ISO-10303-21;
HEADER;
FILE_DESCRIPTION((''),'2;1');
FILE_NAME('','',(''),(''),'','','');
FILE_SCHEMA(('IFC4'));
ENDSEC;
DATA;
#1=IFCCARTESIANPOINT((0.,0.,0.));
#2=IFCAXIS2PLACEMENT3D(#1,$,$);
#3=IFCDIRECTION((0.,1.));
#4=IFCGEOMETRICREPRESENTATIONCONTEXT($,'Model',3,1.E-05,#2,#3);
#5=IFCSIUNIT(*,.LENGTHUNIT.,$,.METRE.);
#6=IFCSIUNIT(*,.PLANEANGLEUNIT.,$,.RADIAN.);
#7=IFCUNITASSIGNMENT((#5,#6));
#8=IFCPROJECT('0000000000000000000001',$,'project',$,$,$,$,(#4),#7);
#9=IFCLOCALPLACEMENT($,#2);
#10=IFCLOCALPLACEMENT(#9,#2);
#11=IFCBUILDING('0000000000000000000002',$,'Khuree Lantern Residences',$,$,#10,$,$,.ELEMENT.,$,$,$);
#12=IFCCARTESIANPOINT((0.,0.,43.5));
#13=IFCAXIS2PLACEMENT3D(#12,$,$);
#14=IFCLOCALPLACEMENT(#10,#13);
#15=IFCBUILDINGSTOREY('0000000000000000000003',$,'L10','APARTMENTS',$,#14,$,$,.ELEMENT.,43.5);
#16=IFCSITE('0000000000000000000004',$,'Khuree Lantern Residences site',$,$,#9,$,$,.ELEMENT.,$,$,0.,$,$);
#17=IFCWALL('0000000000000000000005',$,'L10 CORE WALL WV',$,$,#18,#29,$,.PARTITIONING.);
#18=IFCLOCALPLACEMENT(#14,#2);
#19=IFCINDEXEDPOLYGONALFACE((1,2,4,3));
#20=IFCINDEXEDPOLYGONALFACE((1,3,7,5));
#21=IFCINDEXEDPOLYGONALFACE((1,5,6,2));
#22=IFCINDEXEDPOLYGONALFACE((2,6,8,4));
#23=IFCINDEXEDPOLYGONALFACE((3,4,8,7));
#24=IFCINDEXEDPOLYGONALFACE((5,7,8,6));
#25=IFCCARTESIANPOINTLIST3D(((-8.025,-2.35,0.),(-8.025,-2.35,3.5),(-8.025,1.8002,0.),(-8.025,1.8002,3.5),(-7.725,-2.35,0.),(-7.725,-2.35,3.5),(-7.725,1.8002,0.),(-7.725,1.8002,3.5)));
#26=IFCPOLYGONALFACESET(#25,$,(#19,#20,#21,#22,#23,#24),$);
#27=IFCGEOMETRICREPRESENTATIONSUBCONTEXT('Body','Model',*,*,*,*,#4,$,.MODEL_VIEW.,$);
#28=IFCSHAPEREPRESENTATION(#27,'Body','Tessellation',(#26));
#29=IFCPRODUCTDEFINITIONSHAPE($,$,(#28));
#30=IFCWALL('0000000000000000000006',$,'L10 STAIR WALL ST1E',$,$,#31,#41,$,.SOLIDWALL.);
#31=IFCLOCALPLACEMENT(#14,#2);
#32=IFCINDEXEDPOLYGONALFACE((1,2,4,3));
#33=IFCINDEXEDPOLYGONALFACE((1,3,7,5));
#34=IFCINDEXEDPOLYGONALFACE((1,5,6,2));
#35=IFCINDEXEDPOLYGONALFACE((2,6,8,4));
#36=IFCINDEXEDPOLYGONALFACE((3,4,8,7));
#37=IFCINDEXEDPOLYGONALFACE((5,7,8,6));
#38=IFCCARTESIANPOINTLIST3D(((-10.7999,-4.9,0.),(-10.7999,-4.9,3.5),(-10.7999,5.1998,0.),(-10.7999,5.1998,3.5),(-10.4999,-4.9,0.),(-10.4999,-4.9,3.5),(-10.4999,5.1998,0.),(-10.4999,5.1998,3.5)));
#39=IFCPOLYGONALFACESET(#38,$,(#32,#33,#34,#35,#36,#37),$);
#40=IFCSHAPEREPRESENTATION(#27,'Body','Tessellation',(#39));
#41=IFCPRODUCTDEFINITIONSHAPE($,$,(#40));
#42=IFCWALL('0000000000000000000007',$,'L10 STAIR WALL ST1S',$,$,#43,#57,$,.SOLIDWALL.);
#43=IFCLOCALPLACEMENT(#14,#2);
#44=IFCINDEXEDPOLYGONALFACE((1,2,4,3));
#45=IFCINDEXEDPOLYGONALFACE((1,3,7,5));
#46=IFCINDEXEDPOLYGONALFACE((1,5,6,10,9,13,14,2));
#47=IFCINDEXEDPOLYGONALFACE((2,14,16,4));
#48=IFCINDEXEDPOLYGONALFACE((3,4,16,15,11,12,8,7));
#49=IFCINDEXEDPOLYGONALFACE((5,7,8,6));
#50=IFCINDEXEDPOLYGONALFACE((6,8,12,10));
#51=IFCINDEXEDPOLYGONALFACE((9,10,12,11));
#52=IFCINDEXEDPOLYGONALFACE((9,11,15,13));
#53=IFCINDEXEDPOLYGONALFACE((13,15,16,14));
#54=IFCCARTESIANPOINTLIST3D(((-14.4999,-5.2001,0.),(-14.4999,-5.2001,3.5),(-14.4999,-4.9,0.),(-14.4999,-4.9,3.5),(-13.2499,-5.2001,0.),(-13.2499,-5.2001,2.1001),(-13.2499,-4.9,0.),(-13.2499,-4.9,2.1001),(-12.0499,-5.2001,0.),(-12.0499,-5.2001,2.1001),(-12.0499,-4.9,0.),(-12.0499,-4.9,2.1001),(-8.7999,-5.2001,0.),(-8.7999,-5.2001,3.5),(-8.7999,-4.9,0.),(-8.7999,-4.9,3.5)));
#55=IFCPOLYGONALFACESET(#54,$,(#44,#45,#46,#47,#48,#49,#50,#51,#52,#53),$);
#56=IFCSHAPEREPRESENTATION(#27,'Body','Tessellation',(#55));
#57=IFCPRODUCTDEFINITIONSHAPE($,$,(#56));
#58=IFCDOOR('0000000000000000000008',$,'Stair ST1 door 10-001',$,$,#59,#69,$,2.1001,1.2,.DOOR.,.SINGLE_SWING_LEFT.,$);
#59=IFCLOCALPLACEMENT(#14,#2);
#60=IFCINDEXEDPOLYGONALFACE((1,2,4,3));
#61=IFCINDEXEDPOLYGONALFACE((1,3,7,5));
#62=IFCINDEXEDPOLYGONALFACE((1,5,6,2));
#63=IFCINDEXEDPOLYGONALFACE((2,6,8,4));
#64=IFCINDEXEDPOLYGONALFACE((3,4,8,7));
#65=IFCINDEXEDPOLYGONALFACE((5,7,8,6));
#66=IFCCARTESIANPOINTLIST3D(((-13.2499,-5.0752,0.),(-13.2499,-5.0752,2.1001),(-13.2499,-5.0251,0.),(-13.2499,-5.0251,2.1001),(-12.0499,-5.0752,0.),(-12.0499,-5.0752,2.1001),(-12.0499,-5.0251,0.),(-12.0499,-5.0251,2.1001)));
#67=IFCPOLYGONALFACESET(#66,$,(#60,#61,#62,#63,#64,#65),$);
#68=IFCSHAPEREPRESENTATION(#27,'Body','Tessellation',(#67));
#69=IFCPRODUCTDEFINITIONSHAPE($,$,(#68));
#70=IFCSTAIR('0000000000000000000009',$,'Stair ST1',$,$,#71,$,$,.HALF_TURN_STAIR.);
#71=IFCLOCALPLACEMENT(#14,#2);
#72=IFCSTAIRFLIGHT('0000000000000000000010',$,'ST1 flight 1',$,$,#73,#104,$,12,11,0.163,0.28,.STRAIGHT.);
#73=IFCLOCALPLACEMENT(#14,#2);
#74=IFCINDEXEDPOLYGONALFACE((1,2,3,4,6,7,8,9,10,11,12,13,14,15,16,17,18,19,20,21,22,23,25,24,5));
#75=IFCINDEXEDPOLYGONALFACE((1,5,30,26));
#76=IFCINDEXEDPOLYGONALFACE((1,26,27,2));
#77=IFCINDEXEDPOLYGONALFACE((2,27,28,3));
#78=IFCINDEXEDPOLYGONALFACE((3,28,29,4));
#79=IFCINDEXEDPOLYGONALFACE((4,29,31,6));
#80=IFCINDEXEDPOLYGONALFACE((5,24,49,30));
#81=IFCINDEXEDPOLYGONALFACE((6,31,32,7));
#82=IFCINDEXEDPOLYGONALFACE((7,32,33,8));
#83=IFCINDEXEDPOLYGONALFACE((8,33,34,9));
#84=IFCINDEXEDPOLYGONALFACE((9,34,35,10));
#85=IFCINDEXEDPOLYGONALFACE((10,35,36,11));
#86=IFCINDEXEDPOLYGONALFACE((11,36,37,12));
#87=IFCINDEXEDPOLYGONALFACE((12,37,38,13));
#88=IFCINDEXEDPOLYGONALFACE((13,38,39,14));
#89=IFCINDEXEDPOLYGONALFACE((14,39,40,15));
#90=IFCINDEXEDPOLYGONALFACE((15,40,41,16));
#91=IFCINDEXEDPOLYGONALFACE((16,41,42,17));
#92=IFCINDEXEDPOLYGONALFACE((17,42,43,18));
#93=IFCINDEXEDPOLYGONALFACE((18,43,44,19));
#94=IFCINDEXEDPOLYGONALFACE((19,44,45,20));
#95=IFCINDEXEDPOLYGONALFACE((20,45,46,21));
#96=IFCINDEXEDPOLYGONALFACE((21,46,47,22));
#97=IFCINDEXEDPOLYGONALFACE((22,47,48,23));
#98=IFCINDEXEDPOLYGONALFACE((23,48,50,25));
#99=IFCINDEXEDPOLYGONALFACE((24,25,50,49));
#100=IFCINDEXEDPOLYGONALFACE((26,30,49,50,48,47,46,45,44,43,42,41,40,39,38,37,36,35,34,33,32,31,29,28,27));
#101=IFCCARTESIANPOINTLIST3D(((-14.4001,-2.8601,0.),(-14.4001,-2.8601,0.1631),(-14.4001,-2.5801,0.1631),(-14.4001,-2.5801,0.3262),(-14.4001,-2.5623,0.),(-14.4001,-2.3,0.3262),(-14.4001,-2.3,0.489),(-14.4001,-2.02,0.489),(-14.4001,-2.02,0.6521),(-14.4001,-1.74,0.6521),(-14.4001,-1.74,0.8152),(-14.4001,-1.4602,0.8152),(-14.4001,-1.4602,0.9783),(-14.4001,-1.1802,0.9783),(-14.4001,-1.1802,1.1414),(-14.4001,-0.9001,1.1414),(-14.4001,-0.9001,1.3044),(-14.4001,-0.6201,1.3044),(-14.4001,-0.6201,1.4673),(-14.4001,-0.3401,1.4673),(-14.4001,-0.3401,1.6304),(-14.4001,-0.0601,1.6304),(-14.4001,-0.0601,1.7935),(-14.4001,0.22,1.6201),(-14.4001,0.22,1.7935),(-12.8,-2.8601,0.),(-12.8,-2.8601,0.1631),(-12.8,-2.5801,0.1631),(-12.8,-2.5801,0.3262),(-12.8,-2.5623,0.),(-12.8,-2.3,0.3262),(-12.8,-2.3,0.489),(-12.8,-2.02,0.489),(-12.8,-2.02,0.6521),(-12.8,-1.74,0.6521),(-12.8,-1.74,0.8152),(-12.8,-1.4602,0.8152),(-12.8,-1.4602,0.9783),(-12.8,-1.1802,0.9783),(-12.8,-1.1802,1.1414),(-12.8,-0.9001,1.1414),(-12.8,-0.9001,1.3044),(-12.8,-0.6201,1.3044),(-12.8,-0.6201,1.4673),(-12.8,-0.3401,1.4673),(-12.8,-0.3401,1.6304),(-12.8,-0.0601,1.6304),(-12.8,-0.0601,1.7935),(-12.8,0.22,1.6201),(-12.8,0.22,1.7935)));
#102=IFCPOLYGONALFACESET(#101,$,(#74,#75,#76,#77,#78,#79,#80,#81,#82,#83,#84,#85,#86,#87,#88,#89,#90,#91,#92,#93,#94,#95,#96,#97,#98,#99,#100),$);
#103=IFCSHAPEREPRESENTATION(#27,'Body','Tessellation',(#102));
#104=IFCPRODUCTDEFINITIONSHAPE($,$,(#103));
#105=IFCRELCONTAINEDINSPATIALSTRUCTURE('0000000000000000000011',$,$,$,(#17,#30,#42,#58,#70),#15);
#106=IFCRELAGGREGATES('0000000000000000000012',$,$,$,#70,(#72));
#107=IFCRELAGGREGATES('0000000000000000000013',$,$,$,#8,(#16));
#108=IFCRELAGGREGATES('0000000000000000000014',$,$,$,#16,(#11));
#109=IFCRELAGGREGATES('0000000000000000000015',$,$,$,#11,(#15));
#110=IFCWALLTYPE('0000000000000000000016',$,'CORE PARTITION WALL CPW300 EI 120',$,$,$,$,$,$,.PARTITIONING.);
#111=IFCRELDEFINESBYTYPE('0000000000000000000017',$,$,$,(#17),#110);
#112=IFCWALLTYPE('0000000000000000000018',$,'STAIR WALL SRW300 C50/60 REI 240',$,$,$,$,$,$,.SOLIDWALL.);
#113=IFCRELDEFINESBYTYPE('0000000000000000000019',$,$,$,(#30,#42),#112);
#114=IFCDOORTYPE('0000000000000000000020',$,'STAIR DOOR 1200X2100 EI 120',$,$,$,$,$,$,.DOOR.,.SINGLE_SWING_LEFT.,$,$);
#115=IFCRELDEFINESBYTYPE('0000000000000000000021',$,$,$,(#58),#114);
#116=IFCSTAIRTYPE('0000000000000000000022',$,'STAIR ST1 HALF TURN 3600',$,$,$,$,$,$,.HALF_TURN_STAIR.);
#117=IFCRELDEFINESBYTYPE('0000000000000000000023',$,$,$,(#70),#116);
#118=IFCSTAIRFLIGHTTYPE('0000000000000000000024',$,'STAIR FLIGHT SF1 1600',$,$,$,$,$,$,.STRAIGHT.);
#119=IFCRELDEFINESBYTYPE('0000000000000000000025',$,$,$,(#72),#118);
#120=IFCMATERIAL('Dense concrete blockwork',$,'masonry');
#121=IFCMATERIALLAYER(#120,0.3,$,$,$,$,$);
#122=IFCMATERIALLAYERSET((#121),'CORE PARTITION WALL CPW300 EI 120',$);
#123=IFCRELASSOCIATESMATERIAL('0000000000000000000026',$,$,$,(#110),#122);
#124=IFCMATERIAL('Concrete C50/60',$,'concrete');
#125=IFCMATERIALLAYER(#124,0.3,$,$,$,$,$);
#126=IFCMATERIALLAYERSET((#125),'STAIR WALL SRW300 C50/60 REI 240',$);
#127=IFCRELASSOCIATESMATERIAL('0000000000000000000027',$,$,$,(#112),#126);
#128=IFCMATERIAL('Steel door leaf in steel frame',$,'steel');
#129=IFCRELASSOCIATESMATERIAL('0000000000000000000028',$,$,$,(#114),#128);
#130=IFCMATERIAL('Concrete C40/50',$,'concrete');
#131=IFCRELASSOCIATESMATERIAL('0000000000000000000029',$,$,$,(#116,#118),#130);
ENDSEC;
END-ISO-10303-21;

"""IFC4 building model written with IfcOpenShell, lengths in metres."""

from ifc_helpers import new_model, si_unit, direction, frame, frame_2d, origin, place, context, subcontext, project, spatial, polyline, rectangle, outline, extrude, material, layer, layer_set, type_object, element, fill, aggregate, save


model = new_model("IFC4")

# Units and contexts
model_context = context("Model", 3, precision=1e-05, world=origin(), true_north=direction((0.0, 1.0)))
body_context = subcontext(model_context, "Body", "Model", "MODEL_VIEW")
ifc_project = project(units=[si_unit("LENGTHUNIT", "METRE"), si_unit("PLANEANGLEUNIT", "RADIAN")], contexts=[model_context])

# Site, building, storey
site_placement = place(None, origin())
site = spatial("IfcSite", under=ifc_project, at=site_placement, Name="Khuree Lantern Residences site", CompositionType="ELEMENT", RefElevation=0.0)
building_placement = place(site_placement, origin())
building = spatial("IfcBuilding", under=site, at=building_placement, Name="Khuree Lantern Residences", CompositionType="ELEMENT")
storey_placement = place(building_placement, frame((0.0, 0.0, 43.5)))
storey = spatial("IfcBuildingStorey", under=building, at=storey_placement, Name="L10", Description="APARTMENTS", CompositionType="ELEMENT", Elevation=43.5)

# Shared definitions
ifc_material_1 = material(Name="Dense concrete blockwork", Category="masonry")
ifc_layer_1 = layer(ifc_material_1, 0.3)
ifc_layer_set_1 = layer_set([ifc_layer_1], Name="CORE PARTITION WALL CPW300 EI 120")
wall_type_1 = type_object("IfcWallType", Name="CORE PARTITION WALL CPW300 EI 120", PredefinedType="PARTITIONING", material=ifc_layer_set_1)
ifc_material_2 = material(Name="Steel door leaf in steel frame", Category="steel")

# Walls
wall_1_placement = place(storey_placement, frame((-7.875, -2.3501, 0.0), z_axis=(0.0, 0.0, 1.0), x_axis=(0.0, 1.0, 0.0)))
element("IfcWall", 1, at=wall_1_placement, inside=storey, type_object=wall_type_1, Name="L10 CORE WALL WV", PredefinedType="PARTITIONING", context=body_context, shape_type="SweptSolid", body=[
    extrude(rectangle(XDim=4.1501, YDim=0.3, at=frame_2d((2.0752, 0.0))), origin(), (0.0, 0.0, 1.0), 3.5),
])
ifc_material_3 = material(Name="Concrete C50/60", Category="concrete")
ifc_layer_2 = layer(ifc_material_3, 0.3)
ifc_layer_set_2 = layer_set([ifc_layer_2], Name="STAIR WALL SRW300 C50/60 REI 240")
wall_type_2 = type_object("IfcWallType", Name="STAIR WALL SRW300 C50/60 REI 240", PredefinedType="SOLIDWALL", material=ifc_layer_set_2)
wall_2_placement = place(storey_placement, frame((-10.6499, -4.8999, 0.0), z_axis=(0.0, 0.0, 1.0), x_axis=(0.0, 1.0, 0.0)))
element("IfcWall", 2, at=wall_2_placement, inside=storey, type_object=wall_type_2, Name="L10 STAIR WALL ST1E", PredefinedType="SOLIDWALL", context=body_context, shape_type="SweptSolid", body=[
    extrude(rectangle(XDim=10.0999, YDim=0.3, at=frame_2d((5.0498, 0.0))), origin(), (0.0, 0.0, 1.0), 3.5),
])

# Wall, opening, door
wall_3_placement = place(storey_placement, frame((-14.5, -5.05, 0.0), z_axis=(0.0, 0.0, 1.0), x_axis=(1.0, 0.0, 0.0)))
wall_3 = element("IfcWall", 3, at=wall_3_placement, inside=storey, type_object=wall_type_2, Name="L10 STAIR WALL ST1S", PredefinedType="SOLIDWALL", context=body_context, shape_type="SweptSolid", body=[
    extrude(rectangle(XDim=5.7, YDim=0.3, at=frame_2d((2.8501, 0.0))), origin(), (0.0, 0.0, 1.0), 3.5),
])
opening_1_placement = place(wall_3_placement, frame((1.25, 0.0, 0.0)))
opening_1 = element("IfcOpeningElement", 4, at=opening_1_placement, cuts=wall_3, PredefinedType="OPENING", context=body_context, shape_type="SweptSolid", body=[
    extrude(rectangle(XDim=1.2, YDim=2.1001, at=frame_2d((0.6001, 1.05))), frame((0.0, 0.1602, 0.0), z_axis=(0.0, -1.0, 0.0), x_axis=(1.0, 0.0, 0.0)), (0.0, 0.0, 1.0), 0.3201),
])
door_type_1 = type_object("IfcDoorType", Name="STAIR DOOR 1200X2100 EI 120", OperationType="SINGLE_SWING_LEFT", PredefinedType="DOOR", material=ifc_material_2)
door_1_placement = place(opening_1_placement, origin())
door_1 = element("IfcDoor", 5, at=door_1_placement, inside=storey, type_object=door_type_1, Name="Stair ST1 door 10-001", OperationType="SINGLE_SWING_LEFT", OverallHeight=2.1001, OverallWidth=1.2, PredefinedType="DOOR", context=body_context, shape_type="SweptSolid", body=[
    extrude(rectangle(XDim=1.2, YDim=2.1001, at=frame_2d((0.6001, 1.05))), frame((0.0, 0.0249, 0.0), z_axis=(0.0, -1.0, 0.0), x_axis=(1.0, 0.0, 0.0)), (0.0, 0.0, 1.0), 0.05),
])
fill(opening_1, door_1)

# Stair, stair flight
ifc_material_4 = material(Name="Concrete C40/50", Category="concrete")
stair_type = type_object("IfcStairType", Name="STAIR ST1 HALF TURN 3600", PredefinedType="HALF_TURN_STAIR", material=ifc_material_4)
stair_placement = place(storey_placement, origin())
stair = element("IfcStair", 6, at=stair_placement, inside=storey, type_object=stair_type, Name="Stair ST1", PredefinedType="HALF_TURN_STAIR")
stair_flight_type = type_object("IfcStairFlightType", Name="STAIR FLIGHT SF1 1600", PredefinedType="STRAIGHT", material=ifc_material_4)
stair_flight_placement = place(storey_placement, frame((-13.6001, -2.8601, 0.0), z_axis=(0.0, 0.0, 1.0), x_axis=(0.0, 1.0, 0.0)))
stair_flight = element("IfcStairFlight", 7, at=stair_flight_placement, type_object=stair_flight_type, Name="ST1 flight 1", NumberOfRisers=12, NumberOfTreads=11, PredefinedType="STRAIGHT", RiserHeight=0.163, TreadLength=0.28, context=body_context, shape_type="SweptSolid", body=[
    extrude(outline(polyline([(0.0, 0.0), (0.0, 0.1631), (0.28, 0.1631), (0.28, 0.3262), (0.5601, 0.3262), (0.5601, 0.489), (0.8401, 0.489), (0.8401, 0.6521), (1.1201, 0.6521), (1.1201, 0.8152), (1.3999, 0.8152), (1.3999, 0.9783), (1.6799, 0.9783), (1.6799, 1.1414), (1.96, 1.1414), (1.96, 1.3044), (2.24, 1.3044), (2.24, 1.4673), (2.52, 1.4673), (2.52, 1.6304), (2.8, 1.6304), (2.8, 1.7935), (3.0801, 1.7935), (3.0801, 1.9565), (3.0801, 1.6201), (0.2979, 0.0), (0.0, 0.0)])), frame((0.0, 0.8, 0.0), z_axis=(0.0, -1.0, 0.0), x_axis=(1.0, 0.0, 0.0)), (0.0, 0.0, 1.0), 1.6001),
])
aggregate(stair, [stair_flight])

save(model, "model.ifc")
